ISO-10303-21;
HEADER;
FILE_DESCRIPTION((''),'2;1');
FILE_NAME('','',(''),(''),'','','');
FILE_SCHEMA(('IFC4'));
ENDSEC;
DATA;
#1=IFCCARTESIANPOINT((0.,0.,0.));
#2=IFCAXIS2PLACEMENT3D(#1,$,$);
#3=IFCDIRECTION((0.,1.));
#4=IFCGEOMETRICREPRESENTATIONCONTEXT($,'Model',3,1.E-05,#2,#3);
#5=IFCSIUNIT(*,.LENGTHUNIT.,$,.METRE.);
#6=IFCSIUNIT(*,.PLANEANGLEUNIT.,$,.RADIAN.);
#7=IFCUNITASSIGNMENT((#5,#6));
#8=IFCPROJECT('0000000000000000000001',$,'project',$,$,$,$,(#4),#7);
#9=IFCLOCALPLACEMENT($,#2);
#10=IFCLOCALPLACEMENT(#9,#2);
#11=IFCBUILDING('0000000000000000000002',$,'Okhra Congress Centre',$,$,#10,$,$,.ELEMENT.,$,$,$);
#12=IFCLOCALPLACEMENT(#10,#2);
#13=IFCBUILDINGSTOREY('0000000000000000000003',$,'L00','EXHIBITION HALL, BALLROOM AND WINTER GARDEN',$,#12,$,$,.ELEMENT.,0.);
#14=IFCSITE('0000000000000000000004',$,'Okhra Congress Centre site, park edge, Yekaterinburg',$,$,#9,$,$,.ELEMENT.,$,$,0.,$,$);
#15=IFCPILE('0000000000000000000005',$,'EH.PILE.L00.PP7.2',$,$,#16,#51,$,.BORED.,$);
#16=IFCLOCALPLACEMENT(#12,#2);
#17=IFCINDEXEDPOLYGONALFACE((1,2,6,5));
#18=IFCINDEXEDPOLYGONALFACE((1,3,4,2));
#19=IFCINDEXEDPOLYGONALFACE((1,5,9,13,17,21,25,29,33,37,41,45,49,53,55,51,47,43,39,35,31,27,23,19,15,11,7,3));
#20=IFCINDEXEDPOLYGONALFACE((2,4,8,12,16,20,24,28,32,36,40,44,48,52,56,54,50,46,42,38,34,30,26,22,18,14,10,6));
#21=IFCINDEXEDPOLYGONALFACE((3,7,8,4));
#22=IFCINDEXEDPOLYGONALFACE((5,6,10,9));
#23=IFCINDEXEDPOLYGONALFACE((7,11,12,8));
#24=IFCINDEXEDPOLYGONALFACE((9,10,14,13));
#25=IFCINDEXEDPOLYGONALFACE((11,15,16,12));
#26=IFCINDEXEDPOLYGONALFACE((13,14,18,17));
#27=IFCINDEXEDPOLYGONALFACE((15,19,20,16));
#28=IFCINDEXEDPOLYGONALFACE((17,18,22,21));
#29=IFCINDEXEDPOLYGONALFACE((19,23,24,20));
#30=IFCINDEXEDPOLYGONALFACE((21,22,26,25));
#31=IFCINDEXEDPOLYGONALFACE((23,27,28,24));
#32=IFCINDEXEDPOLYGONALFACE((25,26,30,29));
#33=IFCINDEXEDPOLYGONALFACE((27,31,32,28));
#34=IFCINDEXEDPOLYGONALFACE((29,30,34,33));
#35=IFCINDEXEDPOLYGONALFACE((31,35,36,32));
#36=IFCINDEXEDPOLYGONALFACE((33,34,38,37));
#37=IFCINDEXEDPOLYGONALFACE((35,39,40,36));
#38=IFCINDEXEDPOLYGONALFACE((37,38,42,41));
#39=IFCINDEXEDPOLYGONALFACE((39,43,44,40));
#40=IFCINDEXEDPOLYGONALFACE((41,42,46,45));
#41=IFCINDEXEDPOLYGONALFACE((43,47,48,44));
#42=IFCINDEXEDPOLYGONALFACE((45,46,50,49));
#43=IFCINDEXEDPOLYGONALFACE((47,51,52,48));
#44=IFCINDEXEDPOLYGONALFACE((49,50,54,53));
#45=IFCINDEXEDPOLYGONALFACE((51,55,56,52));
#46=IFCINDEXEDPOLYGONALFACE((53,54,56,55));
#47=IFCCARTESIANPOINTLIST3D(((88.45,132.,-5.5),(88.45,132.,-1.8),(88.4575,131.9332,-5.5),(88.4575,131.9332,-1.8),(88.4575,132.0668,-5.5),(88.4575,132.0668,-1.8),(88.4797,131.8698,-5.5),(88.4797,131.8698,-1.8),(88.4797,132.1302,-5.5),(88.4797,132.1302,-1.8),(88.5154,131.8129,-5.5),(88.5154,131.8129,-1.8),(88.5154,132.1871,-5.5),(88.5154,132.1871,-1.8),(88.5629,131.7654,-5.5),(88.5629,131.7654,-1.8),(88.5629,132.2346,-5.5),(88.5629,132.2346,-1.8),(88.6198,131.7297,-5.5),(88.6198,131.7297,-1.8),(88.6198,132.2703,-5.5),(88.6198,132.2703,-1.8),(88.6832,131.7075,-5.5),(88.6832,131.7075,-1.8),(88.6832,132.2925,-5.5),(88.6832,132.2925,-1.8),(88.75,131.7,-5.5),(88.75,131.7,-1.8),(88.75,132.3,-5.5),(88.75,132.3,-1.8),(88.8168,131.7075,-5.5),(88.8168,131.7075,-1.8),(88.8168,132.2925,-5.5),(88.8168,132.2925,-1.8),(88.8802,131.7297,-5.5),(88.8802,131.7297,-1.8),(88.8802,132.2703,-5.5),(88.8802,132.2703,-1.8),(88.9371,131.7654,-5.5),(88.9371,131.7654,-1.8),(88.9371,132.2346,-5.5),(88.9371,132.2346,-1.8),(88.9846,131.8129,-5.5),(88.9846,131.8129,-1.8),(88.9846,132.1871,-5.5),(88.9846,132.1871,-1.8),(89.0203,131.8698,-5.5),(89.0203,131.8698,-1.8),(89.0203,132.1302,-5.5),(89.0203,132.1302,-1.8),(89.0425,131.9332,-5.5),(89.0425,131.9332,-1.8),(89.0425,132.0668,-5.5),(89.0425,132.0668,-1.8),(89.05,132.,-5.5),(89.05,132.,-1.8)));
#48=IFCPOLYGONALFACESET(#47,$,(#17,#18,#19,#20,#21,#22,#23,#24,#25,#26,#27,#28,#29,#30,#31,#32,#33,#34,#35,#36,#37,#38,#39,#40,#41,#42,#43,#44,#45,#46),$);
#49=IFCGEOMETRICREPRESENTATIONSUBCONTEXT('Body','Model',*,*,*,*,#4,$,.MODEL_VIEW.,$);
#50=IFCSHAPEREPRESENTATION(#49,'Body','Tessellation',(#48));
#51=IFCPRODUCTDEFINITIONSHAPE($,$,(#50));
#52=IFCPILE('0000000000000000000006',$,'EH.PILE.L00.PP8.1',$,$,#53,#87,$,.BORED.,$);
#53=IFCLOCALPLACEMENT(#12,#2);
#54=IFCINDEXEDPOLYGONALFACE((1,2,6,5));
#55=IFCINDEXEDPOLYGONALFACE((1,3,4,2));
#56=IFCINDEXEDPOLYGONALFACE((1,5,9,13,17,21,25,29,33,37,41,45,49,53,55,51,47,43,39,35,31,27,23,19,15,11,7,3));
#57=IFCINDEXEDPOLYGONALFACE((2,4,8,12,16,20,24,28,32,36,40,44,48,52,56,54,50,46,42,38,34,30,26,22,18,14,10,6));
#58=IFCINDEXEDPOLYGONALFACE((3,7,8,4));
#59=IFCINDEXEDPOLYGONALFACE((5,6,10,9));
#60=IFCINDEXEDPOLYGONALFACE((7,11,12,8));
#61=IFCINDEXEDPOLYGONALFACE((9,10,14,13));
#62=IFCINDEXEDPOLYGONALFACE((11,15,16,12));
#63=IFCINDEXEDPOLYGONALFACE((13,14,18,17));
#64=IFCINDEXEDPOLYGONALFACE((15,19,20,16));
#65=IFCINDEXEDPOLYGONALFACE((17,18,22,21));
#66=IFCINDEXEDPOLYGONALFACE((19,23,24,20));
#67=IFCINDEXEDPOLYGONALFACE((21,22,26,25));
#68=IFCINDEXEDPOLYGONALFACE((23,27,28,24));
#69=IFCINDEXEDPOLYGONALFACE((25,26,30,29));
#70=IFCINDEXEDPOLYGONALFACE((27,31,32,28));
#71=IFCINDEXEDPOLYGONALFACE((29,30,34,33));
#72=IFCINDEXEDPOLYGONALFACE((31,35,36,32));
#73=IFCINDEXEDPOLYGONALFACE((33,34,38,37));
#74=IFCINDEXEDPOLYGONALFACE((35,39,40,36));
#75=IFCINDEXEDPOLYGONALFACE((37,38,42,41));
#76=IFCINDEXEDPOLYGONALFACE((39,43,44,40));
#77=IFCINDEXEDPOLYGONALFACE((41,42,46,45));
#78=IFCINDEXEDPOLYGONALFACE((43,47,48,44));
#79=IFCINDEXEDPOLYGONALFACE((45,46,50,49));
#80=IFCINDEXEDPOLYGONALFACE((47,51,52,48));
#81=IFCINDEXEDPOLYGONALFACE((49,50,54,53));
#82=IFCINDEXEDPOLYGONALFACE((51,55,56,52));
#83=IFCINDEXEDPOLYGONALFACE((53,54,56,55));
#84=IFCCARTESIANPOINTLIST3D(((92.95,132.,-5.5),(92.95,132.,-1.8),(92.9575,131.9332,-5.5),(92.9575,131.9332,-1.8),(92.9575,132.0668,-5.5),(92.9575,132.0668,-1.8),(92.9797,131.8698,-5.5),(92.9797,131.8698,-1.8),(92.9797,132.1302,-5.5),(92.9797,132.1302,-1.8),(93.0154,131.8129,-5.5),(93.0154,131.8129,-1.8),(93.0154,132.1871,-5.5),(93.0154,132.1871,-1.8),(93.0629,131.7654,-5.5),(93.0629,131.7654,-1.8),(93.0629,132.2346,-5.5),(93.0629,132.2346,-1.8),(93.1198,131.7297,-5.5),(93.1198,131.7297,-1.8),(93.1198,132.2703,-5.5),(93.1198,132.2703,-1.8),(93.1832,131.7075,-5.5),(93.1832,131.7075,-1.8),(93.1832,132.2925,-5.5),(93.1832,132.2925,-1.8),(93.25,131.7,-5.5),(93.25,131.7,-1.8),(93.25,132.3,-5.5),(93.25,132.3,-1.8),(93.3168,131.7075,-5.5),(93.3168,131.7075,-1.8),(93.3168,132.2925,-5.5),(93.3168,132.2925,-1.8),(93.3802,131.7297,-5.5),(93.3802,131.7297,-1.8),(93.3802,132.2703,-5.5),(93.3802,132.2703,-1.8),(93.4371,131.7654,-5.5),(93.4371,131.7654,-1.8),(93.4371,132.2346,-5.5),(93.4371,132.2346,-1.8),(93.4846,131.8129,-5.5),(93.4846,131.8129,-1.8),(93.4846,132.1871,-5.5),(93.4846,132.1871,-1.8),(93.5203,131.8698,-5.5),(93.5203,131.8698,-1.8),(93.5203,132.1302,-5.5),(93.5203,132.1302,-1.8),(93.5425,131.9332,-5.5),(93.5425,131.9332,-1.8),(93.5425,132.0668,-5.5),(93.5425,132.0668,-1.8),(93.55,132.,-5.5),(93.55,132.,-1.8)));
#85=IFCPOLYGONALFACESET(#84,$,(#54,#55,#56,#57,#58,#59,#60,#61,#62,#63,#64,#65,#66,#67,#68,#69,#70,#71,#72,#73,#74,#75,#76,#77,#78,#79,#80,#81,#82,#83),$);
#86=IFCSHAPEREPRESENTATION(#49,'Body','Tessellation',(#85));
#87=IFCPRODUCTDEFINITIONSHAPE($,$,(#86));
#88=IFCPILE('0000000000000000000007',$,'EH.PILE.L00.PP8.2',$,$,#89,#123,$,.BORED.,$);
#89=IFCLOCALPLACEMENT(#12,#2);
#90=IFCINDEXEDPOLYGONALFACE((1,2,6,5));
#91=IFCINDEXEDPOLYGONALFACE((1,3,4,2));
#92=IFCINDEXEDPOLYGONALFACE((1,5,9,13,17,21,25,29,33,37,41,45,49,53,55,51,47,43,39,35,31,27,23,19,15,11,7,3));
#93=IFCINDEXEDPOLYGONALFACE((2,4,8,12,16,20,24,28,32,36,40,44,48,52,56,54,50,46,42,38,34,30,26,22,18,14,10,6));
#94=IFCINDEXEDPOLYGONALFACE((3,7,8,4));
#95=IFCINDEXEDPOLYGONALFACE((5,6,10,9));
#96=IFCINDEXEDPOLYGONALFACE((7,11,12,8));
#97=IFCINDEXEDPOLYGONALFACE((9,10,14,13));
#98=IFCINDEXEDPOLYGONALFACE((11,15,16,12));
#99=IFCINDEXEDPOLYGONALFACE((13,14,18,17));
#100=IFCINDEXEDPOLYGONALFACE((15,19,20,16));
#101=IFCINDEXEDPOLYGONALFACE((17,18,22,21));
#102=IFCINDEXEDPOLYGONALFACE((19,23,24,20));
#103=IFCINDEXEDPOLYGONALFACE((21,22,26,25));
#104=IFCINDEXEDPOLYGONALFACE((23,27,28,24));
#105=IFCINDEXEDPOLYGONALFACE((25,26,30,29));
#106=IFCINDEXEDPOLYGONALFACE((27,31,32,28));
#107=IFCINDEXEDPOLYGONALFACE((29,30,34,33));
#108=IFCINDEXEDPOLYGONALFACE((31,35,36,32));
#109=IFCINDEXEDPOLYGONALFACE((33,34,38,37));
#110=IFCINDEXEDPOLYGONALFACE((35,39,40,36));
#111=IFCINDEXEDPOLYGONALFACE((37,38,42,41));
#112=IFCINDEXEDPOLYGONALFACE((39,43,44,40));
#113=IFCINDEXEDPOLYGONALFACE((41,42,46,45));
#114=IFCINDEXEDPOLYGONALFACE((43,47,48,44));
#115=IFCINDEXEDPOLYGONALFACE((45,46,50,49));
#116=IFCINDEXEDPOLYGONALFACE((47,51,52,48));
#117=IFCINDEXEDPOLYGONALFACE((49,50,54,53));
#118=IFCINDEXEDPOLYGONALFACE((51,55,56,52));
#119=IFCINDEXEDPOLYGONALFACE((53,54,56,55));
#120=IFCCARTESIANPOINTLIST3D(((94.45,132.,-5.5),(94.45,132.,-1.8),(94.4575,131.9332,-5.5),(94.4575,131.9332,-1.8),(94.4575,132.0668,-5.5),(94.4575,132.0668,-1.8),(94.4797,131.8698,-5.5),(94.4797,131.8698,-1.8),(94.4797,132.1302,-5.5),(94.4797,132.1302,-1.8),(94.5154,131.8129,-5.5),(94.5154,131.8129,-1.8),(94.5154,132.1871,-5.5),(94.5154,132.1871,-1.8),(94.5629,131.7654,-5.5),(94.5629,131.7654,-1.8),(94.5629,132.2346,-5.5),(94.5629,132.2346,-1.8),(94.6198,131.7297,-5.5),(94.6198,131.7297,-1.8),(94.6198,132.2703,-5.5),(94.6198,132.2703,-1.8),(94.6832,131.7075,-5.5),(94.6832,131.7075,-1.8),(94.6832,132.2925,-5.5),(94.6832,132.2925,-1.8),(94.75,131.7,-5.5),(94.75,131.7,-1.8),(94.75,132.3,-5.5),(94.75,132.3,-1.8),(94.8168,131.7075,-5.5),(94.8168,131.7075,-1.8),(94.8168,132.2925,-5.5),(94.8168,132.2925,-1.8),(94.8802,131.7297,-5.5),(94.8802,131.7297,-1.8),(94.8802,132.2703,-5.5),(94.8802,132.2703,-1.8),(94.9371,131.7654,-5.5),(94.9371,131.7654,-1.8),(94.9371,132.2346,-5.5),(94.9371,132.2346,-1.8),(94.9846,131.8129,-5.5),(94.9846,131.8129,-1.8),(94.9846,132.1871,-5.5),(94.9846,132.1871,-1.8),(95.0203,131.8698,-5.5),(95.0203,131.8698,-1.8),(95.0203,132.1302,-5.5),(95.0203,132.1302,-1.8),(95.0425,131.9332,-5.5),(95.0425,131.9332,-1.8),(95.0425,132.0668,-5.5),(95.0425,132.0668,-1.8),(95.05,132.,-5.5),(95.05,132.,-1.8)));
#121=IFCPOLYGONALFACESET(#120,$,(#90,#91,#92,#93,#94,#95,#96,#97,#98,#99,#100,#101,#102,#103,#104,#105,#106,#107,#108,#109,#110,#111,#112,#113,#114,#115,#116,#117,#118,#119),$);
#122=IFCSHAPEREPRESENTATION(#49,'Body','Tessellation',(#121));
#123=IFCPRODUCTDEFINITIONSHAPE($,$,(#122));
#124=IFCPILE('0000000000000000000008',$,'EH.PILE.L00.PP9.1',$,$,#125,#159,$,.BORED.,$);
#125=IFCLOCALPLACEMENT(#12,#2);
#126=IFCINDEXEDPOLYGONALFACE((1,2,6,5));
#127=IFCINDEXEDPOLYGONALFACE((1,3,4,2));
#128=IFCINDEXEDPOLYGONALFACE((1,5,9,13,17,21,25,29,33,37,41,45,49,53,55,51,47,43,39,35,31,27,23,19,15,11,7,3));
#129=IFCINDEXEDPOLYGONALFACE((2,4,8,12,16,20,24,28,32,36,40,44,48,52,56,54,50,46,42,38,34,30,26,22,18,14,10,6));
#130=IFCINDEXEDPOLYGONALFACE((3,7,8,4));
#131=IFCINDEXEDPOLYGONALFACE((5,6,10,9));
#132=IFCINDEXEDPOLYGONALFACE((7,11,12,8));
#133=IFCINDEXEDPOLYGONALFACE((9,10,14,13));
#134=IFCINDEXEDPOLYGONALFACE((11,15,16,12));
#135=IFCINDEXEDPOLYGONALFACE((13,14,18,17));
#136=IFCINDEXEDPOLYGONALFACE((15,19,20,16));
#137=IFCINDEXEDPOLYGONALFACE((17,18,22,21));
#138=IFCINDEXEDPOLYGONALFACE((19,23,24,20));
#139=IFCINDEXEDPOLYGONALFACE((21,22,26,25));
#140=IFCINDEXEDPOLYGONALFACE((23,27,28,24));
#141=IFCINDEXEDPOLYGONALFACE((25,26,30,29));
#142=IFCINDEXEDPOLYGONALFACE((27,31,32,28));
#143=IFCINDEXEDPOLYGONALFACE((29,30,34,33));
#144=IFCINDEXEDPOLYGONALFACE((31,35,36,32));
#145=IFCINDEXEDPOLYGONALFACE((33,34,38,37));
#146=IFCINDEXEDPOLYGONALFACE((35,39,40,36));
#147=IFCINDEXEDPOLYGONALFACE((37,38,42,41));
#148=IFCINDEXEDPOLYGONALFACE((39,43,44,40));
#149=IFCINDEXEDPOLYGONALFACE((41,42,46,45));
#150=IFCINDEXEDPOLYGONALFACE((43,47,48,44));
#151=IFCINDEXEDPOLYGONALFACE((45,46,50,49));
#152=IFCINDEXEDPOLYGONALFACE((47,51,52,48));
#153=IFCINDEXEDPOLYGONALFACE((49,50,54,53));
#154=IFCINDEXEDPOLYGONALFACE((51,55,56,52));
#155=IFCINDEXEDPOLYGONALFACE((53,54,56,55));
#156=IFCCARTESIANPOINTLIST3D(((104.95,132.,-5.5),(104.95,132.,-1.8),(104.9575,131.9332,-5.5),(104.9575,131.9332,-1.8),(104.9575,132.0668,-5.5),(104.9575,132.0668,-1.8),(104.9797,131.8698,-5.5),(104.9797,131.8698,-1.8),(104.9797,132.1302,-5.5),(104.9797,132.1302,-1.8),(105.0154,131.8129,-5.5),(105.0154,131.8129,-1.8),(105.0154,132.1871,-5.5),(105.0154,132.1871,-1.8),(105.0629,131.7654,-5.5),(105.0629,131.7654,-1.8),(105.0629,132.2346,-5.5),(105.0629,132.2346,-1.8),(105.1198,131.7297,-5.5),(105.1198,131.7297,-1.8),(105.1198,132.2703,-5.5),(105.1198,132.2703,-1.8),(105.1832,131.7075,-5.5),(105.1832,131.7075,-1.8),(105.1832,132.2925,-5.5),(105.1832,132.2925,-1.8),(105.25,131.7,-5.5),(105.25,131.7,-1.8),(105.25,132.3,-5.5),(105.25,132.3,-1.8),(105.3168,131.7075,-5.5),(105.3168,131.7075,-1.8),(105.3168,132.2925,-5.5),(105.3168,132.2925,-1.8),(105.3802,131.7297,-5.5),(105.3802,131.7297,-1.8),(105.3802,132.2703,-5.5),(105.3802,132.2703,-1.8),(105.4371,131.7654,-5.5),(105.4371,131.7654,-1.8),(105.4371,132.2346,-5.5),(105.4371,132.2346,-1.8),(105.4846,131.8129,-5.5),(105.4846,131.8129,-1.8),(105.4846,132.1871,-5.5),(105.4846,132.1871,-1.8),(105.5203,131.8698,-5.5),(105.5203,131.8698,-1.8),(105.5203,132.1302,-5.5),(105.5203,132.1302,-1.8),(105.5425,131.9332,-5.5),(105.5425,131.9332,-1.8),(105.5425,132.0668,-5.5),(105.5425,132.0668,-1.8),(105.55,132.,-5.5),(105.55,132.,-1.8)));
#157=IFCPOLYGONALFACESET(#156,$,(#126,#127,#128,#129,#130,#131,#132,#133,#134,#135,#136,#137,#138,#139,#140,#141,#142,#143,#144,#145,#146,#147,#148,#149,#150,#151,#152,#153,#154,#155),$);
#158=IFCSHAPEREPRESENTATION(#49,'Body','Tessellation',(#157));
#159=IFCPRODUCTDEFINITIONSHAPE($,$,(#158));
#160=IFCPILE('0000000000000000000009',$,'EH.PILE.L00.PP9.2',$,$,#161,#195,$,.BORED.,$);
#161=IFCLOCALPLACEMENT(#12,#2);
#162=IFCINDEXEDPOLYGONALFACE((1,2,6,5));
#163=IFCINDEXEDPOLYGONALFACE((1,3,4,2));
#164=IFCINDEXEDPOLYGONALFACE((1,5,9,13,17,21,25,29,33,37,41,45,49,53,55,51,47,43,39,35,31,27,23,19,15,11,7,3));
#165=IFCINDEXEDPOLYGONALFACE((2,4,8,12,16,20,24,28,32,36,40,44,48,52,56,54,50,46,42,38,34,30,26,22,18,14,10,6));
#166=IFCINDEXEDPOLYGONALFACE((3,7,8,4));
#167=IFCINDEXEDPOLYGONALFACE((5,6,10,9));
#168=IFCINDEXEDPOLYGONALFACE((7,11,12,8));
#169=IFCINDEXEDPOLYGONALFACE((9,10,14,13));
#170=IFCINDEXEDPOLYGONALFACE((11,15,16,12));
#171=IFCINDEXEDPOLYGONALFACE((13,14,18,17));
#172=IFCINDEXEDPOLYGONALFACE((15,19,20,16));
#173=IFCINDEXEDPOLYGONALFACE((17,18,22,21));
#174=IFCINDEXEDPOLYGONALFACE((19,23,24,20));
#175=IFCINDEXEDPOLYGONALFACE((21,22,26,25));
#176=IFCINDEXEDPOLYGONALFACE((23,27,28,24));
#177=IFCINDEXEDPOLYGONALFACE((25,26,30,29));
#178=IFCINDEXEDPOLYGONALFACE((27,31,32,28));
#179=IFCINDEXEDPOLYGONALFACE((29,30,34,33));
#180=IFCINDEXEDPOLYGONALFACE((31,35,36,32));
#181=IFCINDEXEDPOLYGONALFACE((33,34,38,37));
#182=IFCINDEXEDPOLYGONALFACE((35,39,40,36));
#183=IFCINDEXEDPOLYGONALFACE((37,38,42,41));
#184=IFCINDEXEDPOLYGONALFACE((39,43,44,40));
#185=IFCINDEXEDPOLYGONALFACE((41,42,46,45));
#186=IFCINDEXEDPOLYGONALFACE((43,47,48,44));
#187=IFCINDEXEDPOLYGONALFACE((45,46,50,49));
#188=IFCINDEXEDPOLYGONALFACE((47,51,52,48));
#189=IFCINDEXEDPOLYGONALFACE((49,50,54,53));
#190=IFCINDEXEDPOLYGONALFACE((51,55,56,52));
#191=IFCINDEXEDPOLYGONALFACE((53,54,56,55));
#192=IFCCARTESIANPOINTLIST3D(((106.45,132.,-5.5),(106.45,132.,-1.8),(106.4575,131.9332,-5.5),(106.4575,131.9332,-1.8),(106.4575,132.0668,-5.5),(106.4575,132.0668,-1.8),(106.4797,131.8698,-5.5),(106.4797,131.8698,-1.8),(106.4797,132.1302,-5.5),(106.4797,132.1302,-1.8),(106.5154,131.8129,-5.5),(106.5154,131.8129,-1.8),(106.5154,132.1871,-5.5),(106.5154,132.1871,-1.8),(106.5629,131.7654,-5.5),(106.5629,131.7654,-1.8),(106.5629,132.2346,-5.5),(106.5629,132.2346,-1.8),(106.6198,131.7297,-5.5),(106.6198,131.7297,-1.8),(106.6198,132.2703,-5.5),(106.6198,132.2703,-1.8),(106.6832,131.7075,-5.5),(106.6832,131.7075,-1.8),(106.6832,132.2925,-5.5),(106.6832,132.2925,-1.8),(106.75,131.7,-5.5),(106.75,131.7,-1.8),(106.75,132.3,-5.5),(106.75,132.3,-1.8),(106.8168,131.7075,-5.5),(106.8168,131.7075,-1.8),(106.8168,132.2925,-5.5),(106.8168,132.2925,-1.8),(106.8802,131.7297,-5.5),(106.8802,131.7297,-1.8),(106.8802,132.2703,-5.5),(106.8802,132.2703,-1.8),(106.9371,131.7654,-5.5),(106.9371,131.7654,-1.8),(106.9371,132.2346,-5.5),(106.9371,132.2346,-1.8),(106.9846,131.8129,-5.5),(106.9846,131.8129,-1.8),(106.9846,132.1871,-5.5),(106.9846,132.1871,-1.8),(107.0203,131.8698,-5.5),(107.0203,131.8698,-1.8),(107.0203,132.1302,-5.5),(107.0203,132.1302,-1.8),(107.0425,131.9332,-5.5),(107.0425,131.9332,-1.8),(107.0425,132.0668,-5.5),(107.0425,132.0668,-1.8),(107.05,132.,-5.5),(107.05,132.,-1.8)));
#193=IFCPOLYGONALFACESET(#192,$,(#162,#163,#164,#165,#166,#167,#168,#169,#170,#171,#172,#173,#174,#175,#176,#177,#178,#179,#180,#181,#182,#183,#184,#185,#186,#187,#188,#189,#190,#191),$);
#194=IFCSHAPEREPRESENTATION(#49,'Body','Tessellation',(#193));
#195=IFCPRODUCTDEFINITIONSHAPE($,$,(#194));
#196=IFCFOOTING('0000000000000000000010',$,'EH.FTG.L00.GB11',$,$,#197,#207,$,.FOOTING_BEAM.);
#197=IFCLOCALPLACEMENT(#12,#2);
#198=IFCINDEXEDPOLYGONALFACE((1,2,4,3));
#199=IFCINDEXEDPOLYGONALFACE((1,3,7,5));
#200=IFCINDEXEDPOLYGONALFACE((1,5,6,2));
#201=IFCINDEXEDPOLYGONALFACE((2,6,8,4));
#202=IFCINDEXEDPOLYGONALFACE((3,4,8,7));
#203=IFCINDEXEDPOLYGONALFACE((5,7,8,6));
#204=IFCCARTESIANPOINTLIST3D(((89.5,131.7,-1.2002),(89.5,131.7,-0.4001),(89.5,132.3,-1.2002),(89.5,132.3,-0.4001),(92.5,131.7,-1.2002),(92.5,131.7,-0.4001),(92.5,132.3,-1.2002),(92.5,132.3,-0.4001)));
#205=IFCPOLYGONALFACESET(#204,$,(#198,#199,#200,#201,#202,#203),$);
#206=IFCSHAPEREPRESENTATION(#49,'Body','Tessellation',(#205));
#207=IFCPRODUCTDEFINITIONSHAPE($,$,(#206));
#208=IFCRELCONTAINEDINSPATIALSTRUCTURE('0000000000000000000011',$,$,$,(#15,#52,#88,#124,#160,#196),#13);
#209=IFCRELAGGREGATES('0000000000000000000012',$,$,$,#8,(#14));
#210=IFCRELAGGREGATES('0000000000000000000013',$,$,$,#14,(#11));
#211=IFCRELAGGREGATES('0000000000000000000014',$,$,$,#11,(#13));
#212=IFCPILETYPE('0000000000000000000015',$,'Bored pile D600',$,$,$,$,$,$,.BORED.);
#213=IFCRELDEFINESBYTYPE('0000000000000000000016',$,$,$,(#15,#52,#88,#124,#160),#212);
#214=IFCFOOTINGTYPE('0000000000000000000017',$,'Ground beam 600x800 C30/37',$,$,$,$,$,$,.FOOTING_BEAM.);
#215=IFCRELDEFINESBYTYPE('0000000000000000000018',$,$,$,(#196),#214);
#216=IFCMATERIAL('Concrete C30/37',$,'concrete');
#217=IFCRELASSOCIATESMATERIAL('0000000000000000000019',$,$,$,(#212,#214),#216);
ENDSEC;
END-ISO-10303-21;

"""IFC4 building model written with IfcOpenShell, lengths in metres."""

from ifc_helpers import new_model, si_unit, direction, frame, origin, origin_2d, place, context, subcontext, project, spatial, rectangle, circle, extrude, material, material_profile, profile_set, type_object, element, save


model = new_model("IFC4")

# Units and contexts
model_context = context("Model", 3, precision=1e-05, world=origin(), true_north=direction((0.0, 1.0)))
body_context = subcontext(model_context, "Body", "Model", "MODEL_VIEW")
ifc_project = project(units=[si_unit("LENGTHUNIT", "METRE"), si_unit("PLANEANGLEUNIT", "RADIAN")], contexts=[model_context])

# Site, building, storey
site_placement = place(None, origin())
site = spatial("IfcSite", under=ifc_project, at=site_placement, Name="Okhra Congress Centre site, park edge, Yekaterinburg", CompositionType="ELEMENT", RefElevation=0.0)
building_placement = place(site_placement, origin())
building = spatial("IfcBuilding", under=site, at=building_placement, Name="Okhra Congress Centre", CompositionType="ELEMENT")
storey_placement = place(building_placement, origin())
storey = spatial("IfcBuildingStorey", under=building, at=storey_placement, Name="L00", Description="EXHIBITION HALL, BALLROOM AND WINTER GARDEN", CompositionType="ELEMENT", Elevation=0.0)

# Piles
ifc_material_1 = material(Name="Concrete C30/37", Category="concrete")
ifc_material_profile_1 = material_profile(ifc_material_1, circle(Radius=0.3, at=origin_2d()), Name="D600")
ifc_profile_set_1 = profile_set([ifc_material_profile_1], Name="Concrete C30/37")
pile_type = type_object("IfcPileType", Name="Bored pile D600", PredefinedType="BORED", material=ifc_profile_set_1)
for number, where, z_axis, x_axis, name in (
    (1, (88.75, 132.0, -1.8), (0.0, 0.0, -1.0), (1.0, 0.0, 0.0), "EH.PILE.L00.PP7.2"),
    (2, (93.25, 132.0, -1.8), (0.0, 0.0, -1.0), (1.0, 0.0, 0.0), "EH.PILE.L00.PP8.1"),
    (3, (94.75, 132.0, -1.8), (0.0, 0.0, -1.0), (1.0, 0.0, 0.0), "EH.PILE.L00.PP8.2"),
    (4, (105.25, 132.0, -1.8), (0.0, 0.0, -1.0), (1.0, 0.0, 0.0), "EH.PILE.L00.PP9.1"),
    (5, (106.75, 132.0, -1.8), (0.0, 0.0, -1.0), (1.0, 0.0, 0.0), "EH.PILE.L00.PP9.2"),
):
    element("IfcPile", number, at=place(storey_placement, frame(where, z_axis=z_axis, x_axis=x_axis)), inside=storey, type_object=pile_type, Name=name, PredefinedType="BORED", context=body_context, shape_type="SweptSolid", body=[
        extrude(circle(Radius=0.3, at=origin_2d()), origin(), (0.0, 0.0, 1.0), 3.7),
    ])

# Footing
footing_type_1 = type_object("IfcFootingType", Name="Ground beam 600x800 C30/37", PredefinedType="FOOTING_BEAM", material=ifc_material_1)
footing_1_placement = place(storey_placement, frame((91.0, 132.0, -1.2002), z_axis=(0.0, 0.0, 1.0), x_axis=(1.0, 0.0, 0.0)))
element("IfcFooting", 6, at=footing_1_placement, inside=storey, type_object=footing_type_1, Name="EH.FTG.L00.GB11", PredefinedType="FOOTING_BEAM", context=body_context, shape_type="SweptSolid", body=[
    extrude(rectangle(XDim=3.0, YDim=0.6001, at=origin_2d()), origin(), (0.0, 0.0, 1.0), 0.8),
])

save(model, "model.ifc")
